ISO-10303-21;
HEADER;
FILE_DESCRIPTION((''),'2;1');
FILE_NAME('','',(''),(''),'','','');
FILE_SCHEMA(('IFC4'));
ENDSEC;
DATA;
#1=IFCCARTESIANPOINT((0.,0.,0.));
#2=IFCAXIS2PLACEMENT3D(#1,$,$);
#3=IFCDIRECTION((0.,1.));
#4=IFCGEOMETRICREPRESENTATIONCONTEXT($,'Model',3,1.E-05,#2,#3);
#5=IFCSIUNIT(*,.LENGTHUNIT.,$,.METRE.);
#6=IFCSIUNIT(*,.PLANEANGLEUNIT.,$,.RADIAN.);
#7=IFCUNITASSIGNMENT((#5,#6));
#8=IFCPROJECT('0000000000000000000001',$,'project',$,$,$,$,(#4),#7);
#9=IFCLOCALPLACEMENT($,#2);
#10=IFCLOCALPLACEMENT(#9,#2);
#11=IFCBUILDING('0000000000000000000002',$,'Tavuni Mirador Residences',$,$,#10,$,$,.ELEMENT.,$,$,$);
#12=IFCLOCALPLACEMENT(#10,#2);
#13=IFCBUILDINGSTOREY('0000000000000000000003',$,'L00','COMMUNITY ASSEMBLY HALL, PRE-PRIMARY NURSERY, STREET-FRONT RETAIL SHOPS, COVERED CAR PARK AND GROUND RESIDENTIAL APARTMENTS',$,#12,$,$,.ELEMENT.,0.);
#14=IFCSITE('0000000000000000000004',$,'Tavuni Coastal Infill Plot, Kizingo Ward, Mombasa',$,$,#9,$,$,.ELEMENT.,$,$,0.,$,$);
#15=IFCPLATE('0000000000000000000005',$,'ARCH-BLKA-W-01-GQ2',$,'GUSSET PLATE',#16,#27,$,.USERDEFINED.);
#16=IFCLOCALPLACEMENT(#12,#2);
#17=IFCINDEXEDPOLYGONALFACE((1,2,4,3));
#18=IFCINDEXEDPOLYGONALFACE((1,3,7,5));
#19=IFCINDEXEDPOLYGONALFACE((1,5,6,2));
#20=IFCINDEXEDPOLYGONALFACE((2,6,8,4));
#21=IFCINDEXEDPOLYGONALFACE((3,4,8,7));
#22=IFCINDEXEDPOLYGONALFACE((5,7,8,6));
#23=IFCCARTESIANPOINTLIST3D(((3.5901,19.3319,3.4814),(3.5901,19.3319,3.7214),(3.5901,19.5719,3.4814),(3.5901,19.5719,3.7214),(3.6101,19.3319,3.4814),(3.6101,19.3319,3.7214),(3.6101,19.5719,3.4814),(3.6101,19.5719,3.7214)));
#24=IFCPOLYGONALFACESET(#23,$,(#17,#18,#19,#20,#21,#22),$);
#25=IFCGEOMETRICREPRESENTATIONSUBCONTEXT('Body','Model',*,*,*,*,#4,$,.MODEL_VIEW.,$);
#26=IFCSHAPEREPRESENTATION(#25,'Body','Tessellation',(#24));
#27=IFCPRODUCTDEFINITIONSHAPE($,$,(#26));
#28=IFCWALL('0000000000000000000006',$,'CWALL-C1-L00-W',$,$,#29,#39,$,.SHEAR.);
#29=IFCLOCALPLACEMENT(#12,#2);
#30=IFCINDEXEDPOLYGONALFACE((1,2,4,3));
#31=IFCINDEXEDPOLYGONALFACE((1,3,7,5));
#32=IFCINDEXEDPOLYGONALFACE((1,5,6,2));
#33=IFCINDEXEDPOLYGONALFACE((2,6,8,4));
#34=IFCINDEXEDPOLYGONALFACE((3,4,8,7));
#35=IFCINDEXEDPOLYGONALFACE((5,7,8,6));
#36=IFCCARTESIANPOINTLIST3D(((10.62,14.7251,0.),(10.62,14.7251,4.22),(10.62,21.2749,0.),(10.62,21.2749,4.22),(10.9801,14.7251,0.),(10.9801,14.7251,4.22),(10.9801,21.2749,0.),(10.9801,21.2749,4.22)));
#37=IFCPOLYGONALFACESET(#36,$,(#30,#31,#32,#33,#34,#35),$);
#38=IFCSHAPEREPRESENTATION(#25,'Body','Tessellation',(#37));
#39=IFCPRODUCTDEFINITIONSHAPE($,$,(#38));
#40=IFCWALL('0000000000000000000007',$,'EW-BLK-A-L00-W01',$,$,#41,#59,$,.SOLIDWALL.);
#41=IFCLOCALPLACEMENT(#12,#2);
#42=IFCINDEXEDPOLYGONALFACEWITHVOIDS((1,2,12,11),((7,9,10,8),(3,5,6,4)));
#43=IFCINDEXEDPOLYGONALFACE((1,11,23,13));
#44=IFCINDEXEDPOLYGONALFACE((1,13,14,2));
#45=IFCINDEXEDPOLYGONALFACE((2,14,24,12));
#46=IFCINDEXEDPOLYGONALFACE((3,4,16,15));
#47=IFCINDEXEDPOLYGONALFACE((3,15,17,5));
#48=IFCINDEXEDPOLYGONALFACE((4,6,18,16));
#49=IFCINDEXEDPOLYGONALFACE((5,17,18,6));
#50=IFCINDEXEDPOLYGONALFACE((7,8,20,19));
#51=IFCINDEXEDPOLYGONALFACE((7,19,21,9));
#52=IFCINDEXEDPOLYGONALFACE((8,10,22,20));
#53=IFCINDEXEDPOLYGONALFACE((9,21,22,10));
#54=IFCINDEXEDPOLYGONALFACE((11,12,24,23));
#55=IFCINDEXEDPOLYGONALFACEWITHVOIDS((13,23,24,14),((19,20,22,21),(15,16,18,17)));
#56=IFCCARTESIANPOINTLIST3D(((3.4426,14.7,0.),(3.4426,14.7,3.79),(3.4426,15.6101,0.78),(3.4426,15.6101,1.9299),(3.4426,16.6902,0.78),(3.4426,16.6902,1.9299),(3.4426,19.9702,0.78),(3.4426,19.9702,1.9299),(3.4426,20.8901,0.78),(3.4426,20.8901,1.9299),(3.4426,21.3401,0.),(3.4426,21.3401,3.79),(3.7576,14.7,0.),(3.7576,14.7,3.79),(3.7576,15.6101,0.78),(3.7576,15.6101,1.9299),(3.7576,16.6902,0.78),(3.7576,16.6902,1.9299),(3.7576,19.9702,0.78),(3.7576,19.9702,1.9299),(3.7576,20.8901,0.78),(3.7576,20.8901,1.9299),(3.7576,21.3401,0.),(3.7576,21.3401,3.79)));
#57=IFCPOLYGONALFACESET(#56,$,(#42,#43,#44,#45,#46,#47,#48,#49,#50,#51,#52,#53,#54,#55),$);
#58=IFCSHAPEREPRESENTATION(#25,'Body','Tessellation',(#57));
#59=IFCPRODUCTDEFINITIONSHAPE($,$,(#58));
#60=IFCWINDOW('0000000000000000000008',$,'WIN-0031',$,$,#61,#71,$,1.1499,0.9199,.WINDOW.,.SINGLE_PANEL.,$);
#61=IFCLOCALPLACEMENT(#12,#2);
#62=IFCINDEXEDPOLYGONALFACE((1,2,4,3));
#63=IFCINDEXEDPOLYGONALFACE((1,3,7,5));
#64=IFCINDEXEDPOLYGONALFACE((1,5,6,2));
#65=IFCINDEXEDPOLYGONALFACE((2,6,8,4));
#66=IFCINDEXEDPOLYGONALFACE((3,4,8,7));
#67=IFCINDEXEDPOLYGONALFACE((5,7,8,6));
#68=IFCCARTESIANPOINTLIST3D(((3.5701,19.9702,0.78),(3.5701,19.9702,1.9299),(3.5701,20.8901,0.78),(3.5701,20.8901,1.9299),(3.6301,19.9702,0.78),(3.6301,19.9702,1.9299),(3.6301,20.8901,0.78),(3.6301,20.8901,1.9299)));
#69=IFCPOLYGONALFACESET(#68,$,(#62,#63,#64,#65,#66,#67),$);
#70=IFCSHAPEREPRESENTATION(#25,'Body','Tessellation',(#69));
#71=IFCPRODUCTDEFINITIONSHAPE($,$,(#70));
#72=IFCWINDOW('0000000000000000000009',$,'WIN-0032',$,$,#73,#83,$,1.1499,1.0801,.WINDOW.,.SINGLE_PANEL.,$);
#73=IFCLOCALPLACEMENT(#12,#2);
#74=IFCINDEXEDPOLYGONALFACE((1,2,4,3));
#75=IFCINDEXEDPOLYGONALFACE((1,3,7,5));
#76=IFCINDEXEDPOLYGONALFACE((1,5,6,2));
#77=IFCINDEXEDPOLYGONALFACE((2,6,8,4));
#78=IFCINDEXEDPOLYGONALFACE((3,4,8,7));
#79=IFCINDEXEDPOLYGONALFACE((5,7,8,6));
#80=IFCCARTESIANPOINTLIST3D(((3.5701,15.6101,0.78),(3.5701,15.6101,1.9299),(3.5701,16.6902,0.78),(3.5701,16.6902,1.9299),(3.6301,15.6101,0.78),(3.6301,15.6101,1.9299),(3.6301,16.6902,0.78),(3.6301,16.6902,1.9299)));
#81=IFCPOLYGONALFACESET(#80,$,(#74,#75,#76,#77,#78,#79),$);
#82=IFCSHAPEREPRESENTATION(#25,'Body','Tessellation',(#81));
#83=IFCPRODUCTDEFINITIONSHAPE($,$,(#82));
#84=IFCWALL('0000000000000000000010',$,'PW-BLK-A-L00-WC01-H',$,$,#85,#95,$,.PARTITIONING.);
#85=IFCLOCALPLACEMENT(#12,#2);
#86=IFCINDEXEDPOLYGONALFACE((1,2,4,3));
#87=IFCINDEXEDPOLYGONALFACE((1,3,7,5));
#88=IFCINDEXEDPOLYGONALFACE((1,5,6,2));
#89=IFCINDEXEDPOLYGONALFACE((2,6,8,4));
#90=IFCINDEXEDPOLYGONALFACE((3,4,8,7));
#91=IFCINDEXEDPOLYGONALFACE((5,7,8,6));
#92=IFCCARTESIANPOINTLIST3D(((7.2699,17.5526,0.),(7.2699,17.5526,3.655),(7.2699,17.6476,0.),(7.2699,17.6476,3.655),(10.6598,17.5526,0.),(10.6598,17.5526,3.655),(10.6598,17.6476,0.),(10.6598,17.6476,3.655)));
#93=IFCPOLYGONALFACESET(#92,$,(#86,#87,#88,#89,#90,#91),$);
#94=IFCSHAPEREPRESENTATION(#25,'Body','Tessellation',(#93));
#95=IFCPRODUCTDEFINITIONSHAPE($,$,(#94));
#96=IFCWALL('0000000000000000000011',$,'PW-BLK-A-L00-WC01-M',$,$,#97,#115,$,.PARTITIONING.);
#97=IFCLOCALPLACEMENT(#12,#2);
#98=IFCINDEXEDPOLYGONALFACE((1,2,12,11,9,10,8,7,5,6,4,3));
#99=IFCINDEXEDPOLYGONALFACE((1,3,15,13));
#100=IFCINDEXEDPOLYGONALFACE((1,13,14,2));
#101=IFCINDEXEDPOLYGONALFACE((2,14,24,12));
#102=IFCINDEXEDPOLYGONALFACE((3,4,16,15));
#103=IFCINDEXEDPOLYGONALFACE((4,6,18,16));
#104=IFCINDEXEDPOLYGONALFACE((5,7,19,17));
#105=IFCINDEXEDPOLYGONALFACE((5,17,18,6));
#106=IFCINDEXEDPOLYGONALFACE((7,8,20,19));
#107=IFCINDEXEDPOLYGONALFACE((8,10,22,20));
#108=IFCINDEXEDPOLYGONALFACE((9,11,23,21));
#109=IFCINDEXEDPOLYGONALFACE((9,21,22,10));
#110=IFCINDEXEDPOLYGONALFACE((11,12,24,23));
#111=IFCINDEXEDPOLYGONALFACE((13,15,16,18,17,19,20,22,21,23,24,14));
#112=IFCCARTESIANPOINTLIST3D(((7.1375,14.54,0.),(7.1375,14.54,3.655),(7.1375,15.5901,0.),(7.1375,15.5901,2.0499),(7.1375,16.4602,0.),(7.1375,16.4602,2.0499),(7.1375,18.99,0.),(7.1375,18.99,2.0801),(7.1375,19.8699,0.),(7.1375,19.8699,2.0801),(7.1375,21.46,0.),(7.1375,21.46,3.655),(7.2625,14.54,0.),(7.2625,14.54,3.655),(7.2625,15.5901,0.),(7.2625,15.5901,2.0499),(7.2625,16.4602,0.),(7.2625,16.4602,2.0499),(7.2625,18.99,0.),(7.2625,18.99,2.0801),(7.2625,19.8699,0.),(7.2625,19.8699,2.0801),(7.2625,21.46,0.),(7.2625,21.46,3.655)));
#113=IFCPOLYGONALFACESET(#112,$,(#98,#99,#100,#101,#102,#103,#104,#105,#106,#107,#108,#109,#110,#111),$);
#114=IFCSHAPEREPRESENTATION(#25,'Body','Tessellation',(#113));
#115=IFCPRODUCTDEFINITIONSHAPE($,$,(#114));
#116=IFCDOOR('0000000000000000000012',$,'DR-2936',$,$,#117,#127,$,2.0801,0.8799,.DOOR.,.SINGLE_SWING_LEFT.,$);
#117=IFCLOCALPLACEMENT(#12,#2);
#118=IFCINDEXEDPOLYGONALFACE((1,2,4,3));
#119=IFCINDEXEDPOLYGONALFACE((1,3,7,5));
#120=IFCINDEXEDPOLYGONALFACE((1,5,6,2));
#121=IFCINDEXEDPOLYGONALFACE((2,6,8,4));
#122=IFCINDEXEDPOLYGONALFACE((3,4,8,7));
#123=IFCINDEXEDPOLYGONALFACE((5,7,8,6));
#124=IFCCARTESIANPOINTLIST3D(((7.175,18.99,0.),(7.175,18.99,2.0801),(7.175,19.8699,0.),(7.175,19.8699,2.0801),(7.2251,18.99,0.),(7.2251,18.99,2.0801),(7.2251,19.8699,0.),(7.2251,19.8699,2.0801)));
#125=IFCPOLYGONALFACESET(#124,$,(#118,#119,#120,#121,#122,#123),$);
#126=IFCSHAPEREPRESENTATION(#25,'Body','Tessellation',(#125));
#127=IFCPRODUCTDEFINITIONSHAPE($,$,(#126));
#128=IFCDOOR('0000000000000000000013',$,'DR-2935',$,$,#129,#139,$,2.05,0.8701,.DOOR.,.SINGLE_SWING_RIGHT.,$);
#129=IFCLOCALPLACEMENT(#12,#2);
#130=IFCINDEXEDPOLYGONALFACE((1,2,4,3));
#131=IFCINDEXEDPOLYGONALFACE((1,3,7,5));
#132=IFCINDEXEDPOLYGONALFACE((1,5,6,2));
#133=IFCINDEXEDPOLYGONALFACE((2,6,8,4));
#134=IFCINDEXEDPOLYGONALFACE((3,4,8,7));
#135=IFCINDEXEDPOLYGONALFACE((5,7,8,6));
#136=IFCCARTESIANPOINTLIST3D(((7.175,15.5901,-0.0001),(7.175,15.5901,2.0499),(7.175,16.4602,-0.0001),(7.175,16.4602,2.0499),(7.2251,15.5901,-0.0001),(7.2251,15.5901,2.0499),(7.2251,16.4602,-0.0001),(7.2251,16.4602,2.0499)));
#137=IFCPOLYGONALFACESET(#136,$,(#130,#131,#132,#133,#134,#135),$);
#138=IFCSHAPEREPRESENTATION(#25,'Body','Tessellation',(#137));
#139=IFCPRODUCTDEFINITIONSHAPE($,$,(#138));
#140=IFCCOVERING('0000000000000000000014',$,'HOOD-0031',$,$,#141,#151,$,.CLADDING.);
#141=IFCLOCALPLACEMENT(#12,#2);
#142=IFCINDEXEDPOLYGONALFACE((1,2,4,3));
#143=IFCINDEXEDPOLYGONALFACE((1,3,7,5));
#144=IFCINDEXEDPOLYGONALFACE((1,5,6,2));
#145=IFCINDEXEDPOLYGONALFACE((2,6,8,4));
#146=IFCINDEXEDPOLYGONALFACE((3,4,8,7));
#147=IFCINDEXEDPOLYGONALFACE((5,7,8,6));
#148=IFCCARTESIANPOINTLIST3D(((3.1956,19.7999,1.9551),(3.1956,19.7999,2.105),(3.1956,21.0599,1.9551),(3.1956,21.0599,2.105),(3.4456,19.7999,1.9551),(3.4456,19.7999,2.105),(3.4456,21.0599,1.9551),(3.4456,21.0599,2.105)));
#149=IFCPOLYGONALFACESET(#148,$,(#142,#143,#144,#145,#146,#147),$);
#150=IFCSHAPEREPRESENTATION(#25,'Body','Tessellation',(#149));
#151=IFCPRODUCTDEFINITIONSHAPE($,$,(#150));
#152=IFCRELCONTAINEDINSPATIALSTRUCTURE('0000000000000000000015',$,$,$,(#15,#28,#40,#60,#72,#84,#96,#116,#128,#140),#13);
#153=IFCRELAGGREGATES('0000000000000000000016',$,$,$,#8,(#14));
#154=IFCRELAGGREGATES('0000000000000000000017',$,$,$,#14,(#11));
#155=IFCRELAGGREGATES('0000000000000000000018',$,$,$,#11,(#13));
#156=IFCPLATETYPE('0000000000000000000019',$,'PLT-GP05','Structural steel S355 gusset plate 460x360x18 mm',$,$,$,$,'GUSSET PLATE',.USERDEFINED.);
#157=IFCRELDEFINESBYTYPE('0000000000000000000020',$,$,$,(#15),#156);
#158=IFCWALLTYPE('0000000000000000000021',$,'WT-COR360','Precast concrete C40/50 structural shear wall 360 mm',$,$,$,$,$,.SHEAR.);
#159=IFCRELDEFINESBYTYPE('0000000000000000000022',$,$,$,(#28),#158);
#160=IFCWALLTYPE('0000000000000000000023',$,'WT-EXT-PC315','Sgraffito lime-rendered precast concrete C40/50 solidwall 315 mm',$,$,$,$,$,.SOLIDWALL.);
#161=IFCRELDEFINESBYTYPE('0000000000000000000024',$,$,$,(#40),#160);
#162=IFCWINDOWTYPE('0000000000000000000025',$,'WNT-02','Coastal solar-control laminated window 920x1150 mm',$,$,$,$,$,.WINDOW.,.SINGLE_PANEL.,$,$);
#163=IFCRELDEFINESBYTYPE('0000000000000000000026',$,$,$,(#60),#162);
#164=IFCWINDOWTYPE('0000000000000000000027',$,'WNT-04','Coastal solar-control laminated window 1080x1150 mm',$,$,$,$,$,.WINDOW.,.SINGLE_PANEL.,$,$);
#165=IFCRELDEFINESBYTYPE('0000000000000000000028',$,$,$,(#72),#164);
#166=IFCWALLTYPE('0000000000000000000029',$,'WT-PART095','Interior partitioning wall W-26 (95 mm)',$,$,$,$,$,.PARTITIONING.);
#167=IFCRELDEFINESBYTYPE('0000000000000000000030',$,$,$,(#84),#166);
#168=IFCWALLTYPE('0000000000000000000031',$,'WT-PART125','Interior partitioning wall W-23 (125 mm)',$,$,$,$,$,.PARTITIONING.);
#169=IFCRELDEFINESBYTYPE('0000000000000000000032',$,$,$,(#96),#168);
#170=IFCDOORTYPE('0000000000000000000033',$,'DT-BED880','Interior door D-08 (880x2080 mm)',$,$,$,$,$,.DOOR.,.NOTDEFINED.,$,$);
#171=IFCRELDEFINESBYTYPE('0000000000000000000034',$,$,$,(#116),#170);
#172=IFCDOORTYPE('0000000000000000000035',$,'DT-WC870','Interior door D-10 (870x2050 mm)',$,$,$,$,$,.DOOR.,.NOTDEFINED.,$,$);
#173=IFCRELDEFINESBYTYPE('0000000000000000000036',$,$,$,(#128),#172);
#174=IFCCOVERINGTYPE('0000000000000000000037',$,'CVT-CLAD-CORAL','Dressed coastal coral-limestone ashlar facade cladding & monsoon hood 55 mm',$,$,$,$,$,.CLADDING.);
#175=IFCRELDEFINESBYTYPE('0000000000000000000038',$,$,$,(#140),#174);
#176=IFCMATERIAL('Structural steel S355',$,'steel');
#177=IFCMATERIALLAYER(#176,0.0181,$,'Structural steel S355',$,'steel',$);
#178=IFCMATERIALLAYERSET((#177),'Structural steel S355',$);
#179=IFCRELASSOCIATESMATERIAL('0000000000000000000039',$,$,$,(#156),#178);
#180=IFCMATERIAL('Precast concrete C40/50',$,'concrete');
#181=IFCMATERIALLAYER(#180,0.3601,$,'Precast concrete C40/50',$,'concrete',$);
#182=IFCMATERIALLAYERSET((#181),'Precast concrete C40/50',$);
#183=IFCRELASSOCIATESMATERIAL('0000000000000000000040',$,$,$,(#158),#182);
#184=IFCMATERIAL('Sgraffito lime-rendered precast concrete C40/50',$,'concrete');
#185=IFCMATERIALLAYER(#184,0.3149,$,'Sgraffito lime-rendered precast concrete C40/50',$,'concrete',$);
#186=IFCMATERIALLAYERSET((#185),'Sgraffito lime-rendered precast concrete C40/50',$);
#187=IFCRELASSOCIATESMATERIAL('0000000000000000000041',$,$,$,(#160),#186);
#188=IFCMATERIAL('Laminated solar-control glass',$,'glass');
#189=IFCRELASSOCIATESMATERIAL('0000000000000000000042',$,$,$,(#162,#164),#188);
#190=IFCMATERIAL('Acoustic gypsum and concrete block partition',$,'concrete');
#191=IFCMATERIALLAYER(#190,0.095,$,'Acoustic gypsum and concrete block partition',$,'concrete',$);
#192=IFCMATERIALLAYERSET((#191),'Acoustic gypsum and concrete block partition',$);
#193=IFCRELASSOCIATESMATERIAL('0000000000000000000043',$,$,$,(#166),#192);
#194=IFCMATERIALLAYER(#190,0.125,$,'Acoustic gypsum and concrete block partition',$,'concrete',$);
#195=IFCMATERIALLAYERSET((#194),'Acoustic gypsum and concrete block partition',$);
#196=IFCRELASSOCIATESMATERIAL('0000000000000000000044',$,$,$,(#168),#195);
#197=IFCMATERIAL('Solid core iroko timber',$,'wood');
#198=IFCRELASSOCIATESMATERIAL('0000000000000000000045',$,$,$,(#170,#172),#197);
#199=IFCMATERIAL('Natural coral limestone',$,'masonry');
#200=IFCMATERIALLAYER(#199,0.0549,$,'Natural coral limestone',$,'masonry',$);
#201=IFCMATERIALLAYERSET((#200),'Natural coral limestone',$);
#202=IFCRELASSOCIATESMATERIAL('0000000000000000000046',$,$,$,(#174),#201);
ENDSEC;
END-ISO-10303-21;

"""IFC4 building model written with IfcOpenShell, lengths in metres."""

from ifc_helpers import new_model, si_unit, direction, frame, frame_2d, origin, origin_2d, place, context, subcontext, project, spatial, rectangle, extrude, material, layer, layer_set, type_object, element, fill, save


model = new_model("IFC4")

# Units and contexts
model_context = context("Model", 3, precision=1e-05, world=origin(), true_north=direction((0.0, 1.0)))
body_context = subcontext(model_context, "Body", "Model", "MODEL_VIEW")
ifc_project = project(units=[si_unit("LENGTHUNIT", "METRE"), si_unit("PLANEANGLEUNIT", "RADIAN")], contexts=[model_context])

# Site, building, storey
site_placement = place(None, origin())
site = spatial("IfcSite", under=ifc_project, at=site_placement, Name="Tavuni Coastal Infill Plot, Kizingo Ward, Mombasa", CompositionType="ELEMENT", RefElevation=0.0)
building_placement = place(site_placement, origin())
building = spatial("IfcBuilding", under=site, at=building_placement, Name="Tavuni Mirador Residences", CompositionType="ELEMENT")
storey_placement = place(building_placement, origin())
storey = spatial("IfcBuildingStorey", under=building, at=storey_placement, Name="L00", Description="COMMUNITY ASSEMBLY HALL, PRE-PRIMARY NURSERY, STREET-FRONT RETAIL SHOPS, COVERED CAR PARK AND GROUND RESIDENTIAL APARTMENTS", CompositionType="ELEMENT", Elevation=0.0)

# Shared definitions
ifc_material_1 = material(Name="Precast concrete C40/50", Category="concrete")

# Shared definitions
ifc_material_2 = material(Name="Structural steel S355", Category="steel")

# Plate
ifc_layer_1 = layer(ifc_material_2, 0.0181, Name="Structural steel S355", Category="steel")
ifc_layer_set_1 = layer_set([ifc_layer_1], Name="Structural steel S355")
plate_type = type_object("IfcPlateType", Name="PLT-GP05", Description="Structural steel S355 gusset plate 460x360x18 mm", ElementType="GUSSET PLATE", PredefinedType="USERDEFINED", material=ifc_layer_set_1)
for number, where, z_axis, x_axis, name in (
    (1, (3.6001, 19.4519, 3.4814), (0.0, 0.0, 1.0), (1.0, 0.0, 0.0), "ARCH-BLKA-W-01-GQ2"),
):
    element("IfcPlate", number, at=place(storey_placement, frame(where, z_axis=z_axis, x_axis=x_axis)), inside=storey, type_object=plate_type, Name=name, ObjectType="GUSSET PLATE", PredefinedType="USERDEFINED", context=body_context, shape_type="SweptSolid", body=[
        extrude(rectangle(XDim=0.02, YDim=0.24, at=origin_2d()), origin(), (0.0, 0.0, 1.0), 0.24),
    ])

# Wall
ifc_layer_2 = layer(ifc_material_1, 0.3601, Name="Precast concrete C40/50", Category="concrete")
ifc_layer_set_2 = layer_set([ifc_layer_2], Name="Precast concrete C40/50")
wall_type_1 = type_object("IfcWallType", Name="WT-COR360", Description="Precast concrete C40/50 structural shear wall 360 mm", PredefinedType="SHEAR", material=ifc_layer_set_2)
wall_1_placement = place(storey_placement, frame((10.8, 14.7251, 0.0), z_axis=(0.0, 0.0, 1.0), x_axis=(0.0, 1.0, 0.0)))
element("IfcWall", 2, at=wall_1_placement, inside=storey, type_object=wall_type_1, Name="CWALL-C1-L00-W", PredefinedType="SHEAR", context=body_context, shape_type="SweptSolid", body=[
    extrude(rectangle(XDim=6.5498, YDim=0.3601, at=frame_2d((3.2749, 0.0))), origin(), (0.0, 0.0, 1.0), 4.22),
])

# Wall, openings, windows
ifc_material_3 = material(Name="Sgraffito lime-rendered precast concrete C40/50", Category="concrete")
ifc_layer_3 = layer(ifc_material_3, 0.3149, Name="Sgraffito lime-rendered precast concrete C40/50", Category="concrete")
ifc_layer_set_3 = layer_set([ifc_layer_3], Name="Sgraffito lime-rendered precast concrete C40/50")
wall_type_2 = type_object("IfcWallType", Name="WT-EXT-PC315", Description="Sgraffito lime-rendered precast concrete C40/50 solidwall 315 mm", PredefinedType="SOLIDWALL", material=ifc_layer_set_3)
wall_2_placement = place(storey_placement, frame((3.6001, 21.3401, 0.0), z_axis=(0.0, 0.0, 1.0), x_axis=(0.0, -1.0, 0.0)))
wall_2 = element("IfcWall", 3, at=wall_2_placement, inside=storey, type_object=wall_type_2, Name="EW-BLK-A-L00-W01", PredefinedType="SOLIDWALL", context=body_context, shape_type="SweptSolid", body=[
    extrude(rectangle(XDim=6.6401, YDim=0.3149, at=frame_2d((3.3201, 0.0))), origin(), (0.0, 0.0, 1.0), 3.79),
])
opening_1_placement = place(wall_2_placement, frame((0.45, 0.0, 0.78)))
opening_1 = element("IfcOpeningElement", 4, at=opening_1_placement, cuts=wall_2, PredefinedType="OPENING", context=body_context, shape_type="SweptSolid", body=[
    extrude(rectangle(XDim=0.9199, YDim=1.1499, at=frame_2d((0.46, 0.575))), frame((0.0, 0.1675, 0.0), z_axis=(0.0, -1.0, 0.0), x_axis=(1.0, 0.0, 0.0)), (0.0, 0.0, 1.0), 0.335),
])
opening_2_placement = place(wall_2_placement, frame((4.6499, 0.0, 0.78)))
opening_2 = element("IfcOpeningElement", 5, at=opening_2_placement, cuts=wall_2, PredefinedType="OPENING", context=body_context, shape_type="SweptSolid", body=[
    extrude(rectangle(XDim=1.0801, YDim=1.1499, at=frame_2d((0.54, 0.575))), frame((0.0, 0.1675, 0.0), z_axis=(0.0, -1.0, 0.0), x_axis=(1.0, 0.0, 0.0)), (0.0, 0.0, 1.0), 0.335),
])
ifc_material_4 = material(Name="Laminated solar-control glass", Category="glass")
window_type_1 = type_object("IfcWindowType", Name="WNT-02", Description="Coastal solar-control laminated window 920x1150 mm", PartitioningType="SINGLE_PANEL", PredefinedType="WINDOW", material=ifc_material_4)
window_1_placement = place(opening_1_placement, origin())
window_1 = element("IfcWindow", 6, at=window_1_placement, inside=storey, type_object=window_type_1, Name="WIN-0031", OverallHeight=1.1499, OverallWidth=0.9199, PartitioningType="SINGLE_PANEL", PredefinedType="WINDOW", context=body_context, shape_type="SweptSolid", body=[
    extrude(rectangle(XDim=0.9199, YDim=1.1499, at=frame_2d((0.46, 0.575))), frame((0.0, 0.03, 0.0), z_axis=(0.0, -1.0, 0.0), x_axis=(1.0, 0.0, 0.0)), (0.0, 0.0, 1.0), 0.0601),
])
fill(opening_1, window_1)
window_type_2 = type_object("IfcWindowType", Name="WNT-04", Description="Coastal solar-control laminated window 1080x1150 mm", PartitioningType="SINGLE_PANEL", PredefinedType="WINDOW", material=ifc_material_4)
window_2_placement = place(opening_2_placement, origin())
window_2 = element("IfcWindow", 7, at=window_2_placement, inside=storey, type_object=window_type_2, Name="WIN-0032", OverallHeight=1.1499, OverallWidth=1.0801, PartitioningType="SINGLE_PANEL", PredefinedType="WINDOW", context=body_context, shape_type="SweptSolid", body=[
    extrude(rectangle(XDim=1.0801, YDim=1.1499, at=frame_2d((0.54, 0.575))), frame((0.0, 0.03, 0.0), z_axis=(0.0, -1.0, 0.0), x_axis=(1.0, 0.0, 0.0)), (0.0, 0.0, 1.0), 0.0601),
])
fill(opening_2, window_2)

# Wall
ifc_material_5 = material(Name="Acoustic gypsum and concrete block partition", Category="concrete")
ifc_layer_4 = layer(ifc_material_5, 0.095, Name="Acoustic gypsum and concrete block partition", Category="concrete")
ifc_layer_set_4 = layer_set([ifc_layer_4], Name="Acoustic gypsum and concrete block partition")
wall_type_3 = type_object("IfcWallType", Name="WT-PART095", Description="Interior partitioning wall W-26 (95 mm)", PredefinedType="PARTITIONING", material=ifc_layer_set_4)
wall_3_placement = place(storey_placement, frame((7.27, 17.6001, 0.0), z_axis=(0.0, 0.0, 1.0), x_axis=(1.0, 0.0, 0.0)))
element("IfcWall", 8, at=wall_3_placement, inside=storey, type_object=wall_type_3, Name="PW-BLK-A-L00-WC01-H", PredefinedType="PARTITIONING", context=body_context, shape_type="SweptSolid", body=[
    extrude(rectangle(XDim=3.3899, YDim=0.095, at=frame_2d((1.6948, 0.0))), origin(), (0.0, 0.0, 1.0), 3.655),
])

# Wall, openings, doors
ifc_layer_5 = layer(ifc_material_5, 0.125, Name="Acoustic gypsum and concrete block partition", Category="concrete")
ifc_layer_set_5 = layer_set([ifc_layer_5], Name="Acoustic gypsum and concrete block partition")
wall_type_4 = type_object("IfcWallType", Name="WT-PART125", Description="Interior partitioning wall W-23 (125 mm)", PredefinedType="PARTITIONING", material=ifc_layer_set_5)
wall_4_placement = place(storey_placement, frame((7.2, 14.54, 0.0), z_axis=(0.0, 0.0, 1.0), x_axis=(0.0, 1.0, 0.0)))
wall_4 = element("IfcWall", 9, at=wall_4_placement, inside=storey, type_object=wall_type_4, Name="PW-BLK-A-L00-WC01-M", PredefinedType="PARTITIONING", context=body_context, shape_type="SweptSolid", body=[
    extrude(rectangle(XDim=6.9199, YDim=0.125, at=frame_2d((3.46, 0.0))), origin(), (0.0, 0.0, 1.0), 3.655),
])
opening_3_placement = place(wall_4_placement, frame((1.05, 0.0, 0.0)))
opening_3 = element("IfcOpeningElement", 10, at=opening_3_placement, cuts=wall_4, PredefinedType="OPENING", context=body_context, shape_type="SweptSolid", body=[
    extrude(rectangle(XDim=0.8701, YDim=2.05, at=frame_2d((0.4351, 1.0249))), frame((0.0, 0.0725, 0.0), z_axis=(0.0, -1.0, 0.0), x_axis=(1.0, 0.0, 0.0)), (0.0, 0.0, 1.0), 0.145),
])
opening_4_placement = place(wall_4_placement, frame((4.45, 0.0, 0.0)))
opening_4 = element("IfcOpeningElement", 11, at=opening_4_placement, cuts=wall_4, PredefinedType="OPENING", context=body_context, shape_type="SweptSolid", body=[
    extrude(rectangle(XDim=0.8799, YDim=2.0801, at=frame_2d((0.4399, 1.04))), frame((0.0, 0.0725, 0.0), z_axis=(0.0, -1.0, 0.0), x_axis=(1.0, 0.0, 0.0)), (0.0, 0.0, 1.0), 0.145),
])
ifc_material_6 = material(Name="Solid core iroko timber", Category="wood")
door_type_1 = type_object("IfcDoorType", Name="DT-BED880", Description="Interior door D-08 (880x2080 mm)", OperationType="NOTDEFINED", PredefinedType="DOOR", material=ifc_material_6)
door_1_placement = place(opening_4_placement, origin())
door_1 = element("IfcDoor", 12, at=door_1_placement, inside=storey, type_object=door_type_1, Name="DR-2936", OperationType="SINGLE_SWING_LEFT", OverallHeight=2.0801, OverallWidth=0.8799, PredefinedType="DOOR", context=body_context, shape_type="SweptSolid", body=[
    extrude(rectangle(XDim=0.8799, YDim=2.0801, at=frame_2d((0.4399, 1.04))), frame((0.0, 0.0249, 0.0), z_axis=(0.0, -1.0, 0.0), x_axis=(1.0, 0.0, 0.0)), (0.0, 0.0, 1.0), 0.05),
])
fill(opening_4, door_1)
door_type_2 = type_object("IfcDoorType", Name="DT-WC870", Description="Interior door D-10 (870x2050 mm)", OperationType="NOTDEFINED", PredefinedType="DOOR", material=ifc_material_6)
door_2_placement = place(opening_3_placement, origin())
door_2 = element("IfcDoor", 13, at=door_2_placement, inside=storey, type_object=door_type_2, Name="DR-2935", OperationType="SINGLE_SWING_RIGHT", OverallHeight=2.05, OverallWidth=0.8701, PredefinedType="DOOR", context=body_context, shape_type="SweptSolid", body=[
    extrude(rectangle(XDim=0.8701, YDim=2.05, at=frame_2d((0.4351, 1.0249))), frame((0.0, 0.0249, 0.0), z_axis=(0.0, -1.0, 0.0), x_axis=(1.0, 0.0, 0.0)), (0.0, 0.0, 1.0), 0.05),
])
fill(opening_3, door_2)

# Covering
ifc_material_7 = material(Name="Natural coral limestone", Category="masonry")
ifc_layer_6 = layer(ifc_material_7, 0.0549, Name="Natural coral limestone", Category="masonry")
ifc_layer_set_6 = layer_set([ifc_layer_6], Name="Natural coral limestone")
covering_type = type_object("IfcCoveringType", Name="CVT-CLAD-CORAL", Description="Dressed coastal coral-limestone ashlar facade cladding & monsoon hood 55 mm", PredefinedType="CLADDING", material=ifc_layer_set_6)
covering_1_placement = place(storey_placement, frame((3.3206, 20.4299, 1.9551), z_axis=(0.0, 0.0, 1.0), x_axis=(0.0, -1.0, 0.0)))
element("IfcCovering", 14, at=covering_1_placement, inside=storey, type_object=covering_type, Name="HOOD-0031", PredefinedType="CLADDING", context=body_context, shape_type="SweptSolid", body=[
    extrude(rectangle(XDim=1.26, YDim=0.25, at=origin_2d()), origin(), (0.0, 0.0, 1.0), 0.1499),
])

save(model, "model.ifc")
